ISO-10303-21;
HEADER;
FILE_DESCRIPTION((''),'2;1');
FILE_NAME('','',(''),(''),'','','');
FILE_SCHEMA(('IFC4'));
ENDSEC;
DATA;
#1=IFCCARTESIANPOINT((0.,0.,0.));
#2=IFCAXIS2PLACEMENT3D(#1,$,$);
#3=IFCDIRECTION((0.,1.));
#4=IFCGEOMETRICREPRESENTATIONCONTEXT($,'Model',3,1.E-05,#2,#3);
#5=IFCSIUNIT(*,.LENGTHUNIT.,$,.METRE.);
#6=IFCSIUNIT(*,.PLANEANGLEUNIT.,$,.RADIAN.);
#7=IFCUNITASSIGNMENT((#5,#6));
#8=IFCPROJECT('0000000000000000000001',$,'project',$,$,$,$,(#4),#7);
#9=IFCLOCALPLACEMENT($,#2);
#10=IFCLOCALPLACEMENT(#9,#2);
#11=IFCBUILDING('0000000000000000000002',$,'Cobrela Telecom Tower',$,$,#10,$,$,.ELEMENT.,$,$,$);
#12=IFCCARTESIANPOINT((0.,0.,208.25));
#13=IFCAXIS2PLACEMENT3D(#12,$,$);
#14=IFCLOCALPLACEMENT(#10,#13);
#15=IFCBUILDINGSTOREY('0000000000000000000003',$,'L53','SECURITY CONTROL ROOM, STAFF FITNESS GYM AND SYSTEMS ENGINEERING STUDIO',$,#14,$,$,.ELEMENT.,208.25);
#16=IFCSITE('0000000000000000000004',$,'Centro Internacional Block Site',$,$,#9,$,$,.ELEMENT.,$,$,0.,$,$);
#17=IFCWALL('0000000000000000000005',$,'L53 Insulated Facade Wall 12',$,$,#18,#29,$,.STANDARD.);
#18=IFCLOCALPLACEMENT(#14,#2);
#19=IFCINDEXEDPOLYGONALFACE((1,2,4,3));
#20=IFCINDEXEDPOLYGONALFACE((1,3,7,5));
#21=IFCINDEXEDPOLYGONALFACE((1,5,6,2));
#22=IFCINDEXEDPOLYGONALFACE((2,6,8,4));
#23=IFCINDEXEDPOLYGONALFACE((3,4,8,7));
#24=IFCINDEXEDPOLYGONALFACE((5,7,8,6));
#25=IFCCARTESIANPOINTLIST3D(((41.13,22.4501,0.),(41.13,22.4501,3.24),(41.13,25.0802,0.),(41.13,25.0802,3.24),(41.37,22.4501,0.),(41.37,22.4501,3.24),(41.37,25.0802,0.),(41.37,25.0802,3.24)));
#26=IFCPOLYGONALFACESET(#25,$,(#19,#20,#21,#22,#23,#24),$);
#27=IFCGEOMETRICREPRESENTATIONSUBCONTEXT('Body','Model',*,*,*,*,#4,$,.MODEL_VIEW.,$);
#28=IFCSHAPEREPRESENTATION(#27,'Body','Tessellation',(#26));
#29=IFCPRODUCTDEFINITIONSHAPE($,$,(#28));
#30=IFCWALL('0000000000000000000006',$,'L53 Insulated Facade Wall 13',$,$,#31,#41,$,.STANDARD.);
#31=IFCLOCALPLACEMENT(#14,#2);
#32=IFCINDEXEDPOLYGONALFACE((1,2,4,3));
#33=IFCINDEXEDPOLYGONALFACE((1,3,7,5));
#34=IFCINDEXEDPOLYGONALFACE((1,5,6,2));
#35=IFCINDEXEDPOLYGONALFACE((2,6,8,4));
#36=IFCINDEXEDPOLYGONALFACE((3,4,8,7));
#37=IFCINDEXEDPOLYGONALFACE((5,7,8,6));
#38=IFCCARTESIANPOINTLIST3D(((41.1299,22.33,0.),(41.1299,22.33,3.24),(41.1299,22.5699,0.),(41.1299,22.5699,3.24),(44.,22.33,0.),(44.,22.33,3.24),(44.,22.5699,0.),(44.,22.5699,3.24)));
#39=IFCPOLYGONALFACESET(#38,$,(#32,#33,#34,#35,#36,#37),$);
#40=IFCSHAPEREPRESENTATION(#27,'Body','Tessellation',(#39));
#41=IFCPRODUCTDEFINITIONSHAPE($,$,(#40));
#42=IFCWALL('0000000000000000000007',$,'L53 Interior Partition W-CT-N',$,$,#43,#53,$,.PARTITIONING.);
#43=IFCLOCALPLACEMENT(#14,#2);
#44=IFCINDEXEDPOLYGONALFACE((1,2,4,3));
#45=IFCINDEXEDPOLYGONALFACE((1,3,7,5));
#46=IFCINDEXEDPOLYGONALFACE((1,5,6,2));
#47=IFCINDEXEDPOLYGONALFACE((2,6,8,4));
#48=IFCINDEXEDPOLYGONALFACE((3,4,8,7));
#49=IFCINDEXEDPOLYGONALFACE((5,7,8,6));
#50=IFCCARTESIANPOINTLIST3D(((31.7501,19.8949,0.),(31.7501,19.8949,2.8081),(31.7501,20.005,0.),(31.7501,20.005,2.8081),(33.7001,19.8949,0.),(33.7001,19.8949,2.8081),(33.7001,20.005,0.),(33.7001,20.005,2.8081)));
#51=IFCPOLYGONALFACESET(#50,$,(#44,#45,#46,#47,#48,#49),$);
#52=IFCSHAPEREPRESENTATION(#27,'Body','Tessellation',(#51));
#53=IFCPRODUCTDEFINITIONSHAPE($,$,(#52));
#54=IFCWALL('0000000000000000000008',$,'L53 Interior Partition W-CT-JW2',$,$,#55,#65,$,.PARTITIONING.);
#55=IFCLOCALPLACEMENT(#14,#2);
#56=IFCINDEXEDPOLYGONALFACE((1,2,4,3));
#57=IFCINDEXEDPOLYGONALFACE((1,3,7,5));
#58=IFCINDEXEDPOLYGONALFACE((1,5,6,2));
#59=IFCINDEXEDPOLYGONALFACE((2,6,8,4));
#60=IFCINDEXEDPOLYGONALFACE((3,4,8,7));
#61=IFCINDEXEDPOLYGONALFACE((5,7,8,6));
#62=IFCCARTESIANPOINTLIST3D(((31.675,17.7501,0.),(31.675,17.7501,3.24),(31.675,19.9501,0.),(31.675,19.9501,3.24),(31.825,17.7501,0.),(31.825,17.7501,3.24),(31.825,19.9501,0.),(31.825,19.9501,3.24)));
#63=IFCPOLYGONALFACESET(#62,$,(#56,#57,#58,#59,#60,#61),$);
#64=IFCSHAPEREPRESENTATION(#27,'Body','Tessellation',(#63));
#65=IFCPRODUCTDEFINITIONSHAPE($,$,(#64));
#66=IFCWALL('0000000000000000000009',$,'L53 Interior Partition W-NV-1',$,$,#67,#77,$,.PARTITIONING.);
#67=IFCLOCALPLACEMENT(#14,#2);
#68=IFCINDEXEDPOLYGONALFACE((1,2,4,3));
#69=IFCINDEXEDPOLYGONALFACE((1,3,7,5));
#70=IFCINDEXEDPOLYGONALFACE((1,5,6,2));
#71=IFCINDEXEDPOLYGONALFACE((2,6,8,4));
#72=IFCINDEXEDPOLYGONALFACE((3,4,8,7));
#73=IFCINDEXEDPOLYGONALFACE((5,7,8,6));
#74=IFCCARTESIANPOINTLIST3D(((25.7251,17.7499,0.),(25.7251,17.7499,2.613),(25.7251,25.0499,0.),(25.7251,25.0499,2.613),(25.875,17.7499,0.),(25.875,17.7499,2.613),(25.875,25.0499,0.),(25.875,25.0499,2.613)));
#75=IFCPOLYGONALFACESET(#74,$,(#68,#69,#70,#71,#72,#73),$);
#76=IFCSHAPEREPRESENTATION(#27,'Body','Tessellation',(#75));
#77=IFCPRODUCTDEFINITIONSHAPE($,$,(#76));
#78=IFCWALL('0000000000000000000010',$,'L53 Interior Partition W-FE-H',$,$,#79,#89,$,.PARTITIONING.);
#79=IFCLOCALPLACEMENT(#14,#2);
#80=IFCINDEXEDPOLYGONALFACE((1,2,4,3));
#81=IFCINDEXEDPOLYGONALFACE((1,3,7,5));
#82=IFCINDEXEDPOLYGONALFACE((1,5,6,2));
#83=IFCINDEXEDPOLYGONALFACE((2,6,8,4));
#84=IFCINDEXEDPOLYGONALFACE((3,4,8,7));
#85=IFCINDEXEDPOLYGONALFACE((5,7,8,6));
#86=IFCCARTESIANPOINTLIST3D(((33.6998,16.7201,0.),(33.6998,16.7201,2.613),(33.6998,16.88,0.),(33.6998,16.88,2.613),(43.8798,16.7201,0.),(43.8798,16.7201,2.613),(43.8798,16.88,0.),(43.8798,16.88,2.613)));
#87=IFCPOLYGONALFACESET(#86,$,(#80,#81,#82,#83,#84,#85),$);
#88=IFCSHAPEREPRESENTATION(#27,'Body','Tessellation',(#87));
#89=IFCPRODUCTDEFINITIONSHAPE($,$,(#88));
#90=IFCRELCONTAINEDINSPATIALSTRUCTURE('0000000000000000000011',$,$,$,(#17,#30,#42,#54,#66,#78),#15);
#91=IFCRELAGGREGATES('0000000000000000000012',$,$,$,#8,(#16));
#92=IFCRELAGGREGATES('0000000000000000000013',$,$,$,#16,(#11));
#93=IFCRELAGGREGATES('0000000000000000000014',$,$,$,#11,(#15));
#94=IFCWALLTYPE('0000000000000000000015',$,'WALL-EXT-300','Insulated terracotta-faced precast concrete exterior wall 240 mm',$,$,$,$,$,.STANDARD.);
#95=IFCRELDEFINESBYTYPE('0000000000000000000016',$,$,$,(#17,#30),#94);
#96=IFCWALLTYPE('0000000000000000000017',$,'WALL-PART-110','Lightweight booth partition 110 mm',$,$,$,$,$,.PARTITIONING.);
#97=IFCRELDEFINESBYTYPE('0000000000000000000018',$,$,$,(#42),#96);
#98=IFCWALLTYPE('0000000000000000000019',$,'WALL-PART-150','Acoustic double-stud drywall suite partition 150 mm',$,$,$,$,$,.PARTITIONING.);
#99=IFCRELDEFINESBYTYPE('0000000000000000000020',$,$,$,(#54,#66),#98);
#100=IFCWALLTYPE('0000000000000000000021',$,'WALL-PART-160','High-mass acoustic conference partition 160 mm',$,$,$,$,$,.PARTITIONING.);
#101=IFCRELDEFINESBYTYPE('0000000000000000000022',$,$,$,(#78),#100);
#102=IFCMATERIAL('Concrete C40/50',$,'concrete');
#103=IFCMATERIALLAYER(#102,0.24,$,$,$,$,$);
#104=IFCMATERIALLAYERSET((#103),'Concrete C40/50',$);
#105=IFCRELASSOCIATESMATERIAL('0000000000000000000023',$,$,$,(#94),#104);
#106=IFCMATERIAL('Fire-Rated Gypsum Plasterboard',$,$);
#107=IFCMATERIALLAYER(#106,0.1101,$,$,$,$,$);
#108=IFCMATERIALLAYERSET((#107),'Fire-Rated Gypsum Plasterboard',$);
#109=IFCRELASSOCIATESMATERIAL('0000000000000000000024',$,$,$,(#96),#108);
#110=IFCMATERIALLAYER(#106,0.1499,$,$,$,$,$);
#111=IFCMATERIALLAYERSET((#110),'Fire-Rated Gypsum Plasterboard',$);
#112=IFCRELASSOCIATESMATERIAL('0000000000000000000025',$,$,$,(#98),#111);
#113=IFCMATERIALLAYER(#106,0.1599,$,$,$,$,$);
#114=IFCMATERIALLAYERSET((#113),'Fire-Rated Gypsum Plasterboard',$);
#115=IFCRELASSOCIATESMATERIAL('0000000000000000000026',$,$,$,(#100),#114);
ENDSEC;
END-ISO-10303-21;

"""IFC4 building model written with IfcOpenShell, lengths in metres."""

from ifc_helpers import new_model, si_unit, direction, frame, frame_2d, origin, place, context, subcontext, project, spatial, rectangle, extrude, material, layer, layer_set, type_object, element, save


model = new_model("IFC4")

# Units and contexts
model_context = context("Model", 3, precision=1e-05, world=origin(), true_north=direction((0.0, 1.0)))
body_context = subcontext(model_context, "Body", "Model", "MODEL_VIEW")
ifc_project = project(units=[si_unit("LENGTHUNIT", "METRE"), si_unit("PLANEANGLEUNIT", "RADIAN")], contexts=[model_context])

# Site, building, storey
site_placement = place(None, origin())
site = spatial("IfcSite", under=ifc_project, at=site_placement, Name="Centro Internacional Block Site", CompositionType="ELEMENT", RefElevation=0.0)
building_placement = place(site_placement, origin())
building = spatial("IfcBuilding", under=site, at=building_placement, Name="Cobrela Telecom Tower", CompositionType="ELEMENT")
storey_placement = place(building_placement, frame((0.0, 0.0, 208.25)))
storey = spatial("IfcBuildingStorey", under=building, at=storey_placement, Name="L53", Description="SECURITY CONTROL ROOM, STAFF FITNESS GYM AND SYSTEMS ENGINEERING STUDIO", CompositionType="ELEMENT", Elevation=208.25)

# Walls
ifc_material_1 = material(Name="Concrete C40/50", Category="concrete")
ifc_layer_1 = layer(ifc_material_1, 0.24)
ifc_layer_set_1 = layer_set([ifc_layer_1], Name="Concrete C40/50")
wall_type_1 = type_object("IfcWallType", Name="WALL-EXT-300", Description="Insulated terracotta-faced precast concrete exterior wall 240 mm", PredefinedType="STANDARD", material=ifc_layer_set_1)
wall_1_placement = place(storey_placement, frame((41.25, 25.0801, 0.0), z_axis=(0.0, 0.0, 1.0), x_axis=(0.0, -1.0, 0.0)))
element("IfcWall", 1, at=wall_1_placement, inside=storey, type_object=wall_type_1, Name="L53 Insulated Facade Wall 12", PredefinedType="STANDARD", context=body_context, shape_type="SweptSolid", body=[
    extrude(rectangle(XDim=2.6301, YDim=0.24, at=frame_2d((1.3149, 0.0))), origin(), (0.0, 0.0, 1.0), 3.24),
])
wall_2_placement = place(storey_placement, frame((41.1299, 22.45, 0.0), z_axis=(0.0, 0.0, 1.0), x_axis=(1.0, 0.0, 0.0)))
element("IfcWall", 2, at=wall_2_placement, inside=storey, type_object=wall_type_1, Name="L53 Insulated Facade Wall 13", PredefinedType="STANDARD", context=body_context, shape_type="SweptSolid", body=[
    extrude(rectangle(XDim=2.8701, YDim=0.24, at=frame_2d((1.4351, 0.0))), origin(), (0.0, 0.0, 1.0), 3.24),
])
ifc_material_2 = material(Name="Fire-Rated Gypsum Plasterboard")
ifc_layer_2 = layer(ifc_material_2, 0.1101)
ifc_layer_set_2 = layer_set([ifc_layer_2], Name="Fire-Rated Gypsum Plasterboard")
wall_type_2 = type_object("IfcWallType", Name="WALL-PART-110", Description="Lightweight booth partition 110 mm", PredefinedType="PARTITIONING", material=ifc_layer_set_2)
wall_3_placement = place(storey_placement, frame((31.75, 19.95, 0.0), z_axis=(0.0, 0.0, 1.0), x_axis=(1.0, 0.0, 0.0)))
element("IfcWall", 3, at=wall_3_placement, inside=storey, type_object=wall_type_2, Name="L53 Interior Partition W-CT-N", PredefinedType="PARTITIONING", context=body_context, shape_type="SweptSolid", body=[
    extrude(rectangle(XDim=1.95, YDim=0.1101, at=frame_2d((0.9751, 0.0))), origin(), (0.0, 0.0, 1.0), 2.8081),
])
ifc_layer_3 = layer(ifc_material_2, 0.1499)
ifc_layer_set_3 = layer_set([ifc_layer_3], Name="Fire-Rated Gypsum Plasterboard")
wall_type_3 = type_object("IfcWallType", Name="WALL-PART-150", Description="Acoustic double-stud drywall suite partition 150 mm", PredefinedType="PARTITIONING", material=ifc_layer_set_3)
wall_4_placement = place(storey_placement, frame((31.75, 17.75, 0.0), z_axis=(0.0, 0.0, 1.0), x_axis=(0.0, 1.0, 0.0)))
element("IfcWall", 4, at=wall_4_placement, inside=storey, type_object=wall_type_3, Name="L53 Interior Partition W-CT-JW2", PredefinedType="PARTITIONING", context=body_context, shape_type="SweptSolid", body=[
    extrude(rectangle(XDim=2.2, YDim=0.1499, at=frame_2d((1.1001, 0.0))), origin(), (0.0, 0.0, 1.0), 3.24),
])
wall_5_placement = place(storey_placement, frame((25.8, 17.75, 0.0), z_axis=(0.0, 0.0, 1.0), x_axis=(0.0, 1.0, 0.0)))
element("IfcWall", 5, at=wall_5_placement, inside=storey, type_object=wall_type_3, Name="L53 Interior Partition W-NV-1", PredefinedType="PARTITIONING", context=body_context, shape_type="SweptSolid", body=[
    extrude(rectangle(XDim=7.3, YDim=0.1499, at=frame_2d((3.6499, 0.0))), origin(), (0.0, 0.0, 1.0), 2.613),
])
ifc_layer_4 = layer(ifc_material_2, 0.1599)
ifc_layer_set_4 = layer_set([ifc_layer_4], Name="Fire-Rated Gypsum Plasterboard")
wall_type_4 = type_object("IfcWallType", Name="WALL-PART-160", Description="High-mass acoustic conference partition 160 mm", PredefinedType="PARTITIONING", material=ifc_layer_set_4)
wall_6_placement = place(storey_placement, frame((33.7, 16.8, 0.0), z_axis=(0.0, 0.0, 1.0), x_axis=(1.0, 0.0, 0.0)))
element("IfcWall", 6, at=wall_6_placement, inside=storey, type_object=wall_type_4, Name="L53 Interior Partition W-FE-H", PredefinedType="PARTITIONING", context=body_context, shape_type="SweptSolid", body=[
    extrude(rectangle(XDim=10.1799, YDim=0.1599, at=frame_2d((5.0898, 0.0))), origin(), (0.0, 0.0, 1.0), 2.613),
])

save(model, "model.ifc")
